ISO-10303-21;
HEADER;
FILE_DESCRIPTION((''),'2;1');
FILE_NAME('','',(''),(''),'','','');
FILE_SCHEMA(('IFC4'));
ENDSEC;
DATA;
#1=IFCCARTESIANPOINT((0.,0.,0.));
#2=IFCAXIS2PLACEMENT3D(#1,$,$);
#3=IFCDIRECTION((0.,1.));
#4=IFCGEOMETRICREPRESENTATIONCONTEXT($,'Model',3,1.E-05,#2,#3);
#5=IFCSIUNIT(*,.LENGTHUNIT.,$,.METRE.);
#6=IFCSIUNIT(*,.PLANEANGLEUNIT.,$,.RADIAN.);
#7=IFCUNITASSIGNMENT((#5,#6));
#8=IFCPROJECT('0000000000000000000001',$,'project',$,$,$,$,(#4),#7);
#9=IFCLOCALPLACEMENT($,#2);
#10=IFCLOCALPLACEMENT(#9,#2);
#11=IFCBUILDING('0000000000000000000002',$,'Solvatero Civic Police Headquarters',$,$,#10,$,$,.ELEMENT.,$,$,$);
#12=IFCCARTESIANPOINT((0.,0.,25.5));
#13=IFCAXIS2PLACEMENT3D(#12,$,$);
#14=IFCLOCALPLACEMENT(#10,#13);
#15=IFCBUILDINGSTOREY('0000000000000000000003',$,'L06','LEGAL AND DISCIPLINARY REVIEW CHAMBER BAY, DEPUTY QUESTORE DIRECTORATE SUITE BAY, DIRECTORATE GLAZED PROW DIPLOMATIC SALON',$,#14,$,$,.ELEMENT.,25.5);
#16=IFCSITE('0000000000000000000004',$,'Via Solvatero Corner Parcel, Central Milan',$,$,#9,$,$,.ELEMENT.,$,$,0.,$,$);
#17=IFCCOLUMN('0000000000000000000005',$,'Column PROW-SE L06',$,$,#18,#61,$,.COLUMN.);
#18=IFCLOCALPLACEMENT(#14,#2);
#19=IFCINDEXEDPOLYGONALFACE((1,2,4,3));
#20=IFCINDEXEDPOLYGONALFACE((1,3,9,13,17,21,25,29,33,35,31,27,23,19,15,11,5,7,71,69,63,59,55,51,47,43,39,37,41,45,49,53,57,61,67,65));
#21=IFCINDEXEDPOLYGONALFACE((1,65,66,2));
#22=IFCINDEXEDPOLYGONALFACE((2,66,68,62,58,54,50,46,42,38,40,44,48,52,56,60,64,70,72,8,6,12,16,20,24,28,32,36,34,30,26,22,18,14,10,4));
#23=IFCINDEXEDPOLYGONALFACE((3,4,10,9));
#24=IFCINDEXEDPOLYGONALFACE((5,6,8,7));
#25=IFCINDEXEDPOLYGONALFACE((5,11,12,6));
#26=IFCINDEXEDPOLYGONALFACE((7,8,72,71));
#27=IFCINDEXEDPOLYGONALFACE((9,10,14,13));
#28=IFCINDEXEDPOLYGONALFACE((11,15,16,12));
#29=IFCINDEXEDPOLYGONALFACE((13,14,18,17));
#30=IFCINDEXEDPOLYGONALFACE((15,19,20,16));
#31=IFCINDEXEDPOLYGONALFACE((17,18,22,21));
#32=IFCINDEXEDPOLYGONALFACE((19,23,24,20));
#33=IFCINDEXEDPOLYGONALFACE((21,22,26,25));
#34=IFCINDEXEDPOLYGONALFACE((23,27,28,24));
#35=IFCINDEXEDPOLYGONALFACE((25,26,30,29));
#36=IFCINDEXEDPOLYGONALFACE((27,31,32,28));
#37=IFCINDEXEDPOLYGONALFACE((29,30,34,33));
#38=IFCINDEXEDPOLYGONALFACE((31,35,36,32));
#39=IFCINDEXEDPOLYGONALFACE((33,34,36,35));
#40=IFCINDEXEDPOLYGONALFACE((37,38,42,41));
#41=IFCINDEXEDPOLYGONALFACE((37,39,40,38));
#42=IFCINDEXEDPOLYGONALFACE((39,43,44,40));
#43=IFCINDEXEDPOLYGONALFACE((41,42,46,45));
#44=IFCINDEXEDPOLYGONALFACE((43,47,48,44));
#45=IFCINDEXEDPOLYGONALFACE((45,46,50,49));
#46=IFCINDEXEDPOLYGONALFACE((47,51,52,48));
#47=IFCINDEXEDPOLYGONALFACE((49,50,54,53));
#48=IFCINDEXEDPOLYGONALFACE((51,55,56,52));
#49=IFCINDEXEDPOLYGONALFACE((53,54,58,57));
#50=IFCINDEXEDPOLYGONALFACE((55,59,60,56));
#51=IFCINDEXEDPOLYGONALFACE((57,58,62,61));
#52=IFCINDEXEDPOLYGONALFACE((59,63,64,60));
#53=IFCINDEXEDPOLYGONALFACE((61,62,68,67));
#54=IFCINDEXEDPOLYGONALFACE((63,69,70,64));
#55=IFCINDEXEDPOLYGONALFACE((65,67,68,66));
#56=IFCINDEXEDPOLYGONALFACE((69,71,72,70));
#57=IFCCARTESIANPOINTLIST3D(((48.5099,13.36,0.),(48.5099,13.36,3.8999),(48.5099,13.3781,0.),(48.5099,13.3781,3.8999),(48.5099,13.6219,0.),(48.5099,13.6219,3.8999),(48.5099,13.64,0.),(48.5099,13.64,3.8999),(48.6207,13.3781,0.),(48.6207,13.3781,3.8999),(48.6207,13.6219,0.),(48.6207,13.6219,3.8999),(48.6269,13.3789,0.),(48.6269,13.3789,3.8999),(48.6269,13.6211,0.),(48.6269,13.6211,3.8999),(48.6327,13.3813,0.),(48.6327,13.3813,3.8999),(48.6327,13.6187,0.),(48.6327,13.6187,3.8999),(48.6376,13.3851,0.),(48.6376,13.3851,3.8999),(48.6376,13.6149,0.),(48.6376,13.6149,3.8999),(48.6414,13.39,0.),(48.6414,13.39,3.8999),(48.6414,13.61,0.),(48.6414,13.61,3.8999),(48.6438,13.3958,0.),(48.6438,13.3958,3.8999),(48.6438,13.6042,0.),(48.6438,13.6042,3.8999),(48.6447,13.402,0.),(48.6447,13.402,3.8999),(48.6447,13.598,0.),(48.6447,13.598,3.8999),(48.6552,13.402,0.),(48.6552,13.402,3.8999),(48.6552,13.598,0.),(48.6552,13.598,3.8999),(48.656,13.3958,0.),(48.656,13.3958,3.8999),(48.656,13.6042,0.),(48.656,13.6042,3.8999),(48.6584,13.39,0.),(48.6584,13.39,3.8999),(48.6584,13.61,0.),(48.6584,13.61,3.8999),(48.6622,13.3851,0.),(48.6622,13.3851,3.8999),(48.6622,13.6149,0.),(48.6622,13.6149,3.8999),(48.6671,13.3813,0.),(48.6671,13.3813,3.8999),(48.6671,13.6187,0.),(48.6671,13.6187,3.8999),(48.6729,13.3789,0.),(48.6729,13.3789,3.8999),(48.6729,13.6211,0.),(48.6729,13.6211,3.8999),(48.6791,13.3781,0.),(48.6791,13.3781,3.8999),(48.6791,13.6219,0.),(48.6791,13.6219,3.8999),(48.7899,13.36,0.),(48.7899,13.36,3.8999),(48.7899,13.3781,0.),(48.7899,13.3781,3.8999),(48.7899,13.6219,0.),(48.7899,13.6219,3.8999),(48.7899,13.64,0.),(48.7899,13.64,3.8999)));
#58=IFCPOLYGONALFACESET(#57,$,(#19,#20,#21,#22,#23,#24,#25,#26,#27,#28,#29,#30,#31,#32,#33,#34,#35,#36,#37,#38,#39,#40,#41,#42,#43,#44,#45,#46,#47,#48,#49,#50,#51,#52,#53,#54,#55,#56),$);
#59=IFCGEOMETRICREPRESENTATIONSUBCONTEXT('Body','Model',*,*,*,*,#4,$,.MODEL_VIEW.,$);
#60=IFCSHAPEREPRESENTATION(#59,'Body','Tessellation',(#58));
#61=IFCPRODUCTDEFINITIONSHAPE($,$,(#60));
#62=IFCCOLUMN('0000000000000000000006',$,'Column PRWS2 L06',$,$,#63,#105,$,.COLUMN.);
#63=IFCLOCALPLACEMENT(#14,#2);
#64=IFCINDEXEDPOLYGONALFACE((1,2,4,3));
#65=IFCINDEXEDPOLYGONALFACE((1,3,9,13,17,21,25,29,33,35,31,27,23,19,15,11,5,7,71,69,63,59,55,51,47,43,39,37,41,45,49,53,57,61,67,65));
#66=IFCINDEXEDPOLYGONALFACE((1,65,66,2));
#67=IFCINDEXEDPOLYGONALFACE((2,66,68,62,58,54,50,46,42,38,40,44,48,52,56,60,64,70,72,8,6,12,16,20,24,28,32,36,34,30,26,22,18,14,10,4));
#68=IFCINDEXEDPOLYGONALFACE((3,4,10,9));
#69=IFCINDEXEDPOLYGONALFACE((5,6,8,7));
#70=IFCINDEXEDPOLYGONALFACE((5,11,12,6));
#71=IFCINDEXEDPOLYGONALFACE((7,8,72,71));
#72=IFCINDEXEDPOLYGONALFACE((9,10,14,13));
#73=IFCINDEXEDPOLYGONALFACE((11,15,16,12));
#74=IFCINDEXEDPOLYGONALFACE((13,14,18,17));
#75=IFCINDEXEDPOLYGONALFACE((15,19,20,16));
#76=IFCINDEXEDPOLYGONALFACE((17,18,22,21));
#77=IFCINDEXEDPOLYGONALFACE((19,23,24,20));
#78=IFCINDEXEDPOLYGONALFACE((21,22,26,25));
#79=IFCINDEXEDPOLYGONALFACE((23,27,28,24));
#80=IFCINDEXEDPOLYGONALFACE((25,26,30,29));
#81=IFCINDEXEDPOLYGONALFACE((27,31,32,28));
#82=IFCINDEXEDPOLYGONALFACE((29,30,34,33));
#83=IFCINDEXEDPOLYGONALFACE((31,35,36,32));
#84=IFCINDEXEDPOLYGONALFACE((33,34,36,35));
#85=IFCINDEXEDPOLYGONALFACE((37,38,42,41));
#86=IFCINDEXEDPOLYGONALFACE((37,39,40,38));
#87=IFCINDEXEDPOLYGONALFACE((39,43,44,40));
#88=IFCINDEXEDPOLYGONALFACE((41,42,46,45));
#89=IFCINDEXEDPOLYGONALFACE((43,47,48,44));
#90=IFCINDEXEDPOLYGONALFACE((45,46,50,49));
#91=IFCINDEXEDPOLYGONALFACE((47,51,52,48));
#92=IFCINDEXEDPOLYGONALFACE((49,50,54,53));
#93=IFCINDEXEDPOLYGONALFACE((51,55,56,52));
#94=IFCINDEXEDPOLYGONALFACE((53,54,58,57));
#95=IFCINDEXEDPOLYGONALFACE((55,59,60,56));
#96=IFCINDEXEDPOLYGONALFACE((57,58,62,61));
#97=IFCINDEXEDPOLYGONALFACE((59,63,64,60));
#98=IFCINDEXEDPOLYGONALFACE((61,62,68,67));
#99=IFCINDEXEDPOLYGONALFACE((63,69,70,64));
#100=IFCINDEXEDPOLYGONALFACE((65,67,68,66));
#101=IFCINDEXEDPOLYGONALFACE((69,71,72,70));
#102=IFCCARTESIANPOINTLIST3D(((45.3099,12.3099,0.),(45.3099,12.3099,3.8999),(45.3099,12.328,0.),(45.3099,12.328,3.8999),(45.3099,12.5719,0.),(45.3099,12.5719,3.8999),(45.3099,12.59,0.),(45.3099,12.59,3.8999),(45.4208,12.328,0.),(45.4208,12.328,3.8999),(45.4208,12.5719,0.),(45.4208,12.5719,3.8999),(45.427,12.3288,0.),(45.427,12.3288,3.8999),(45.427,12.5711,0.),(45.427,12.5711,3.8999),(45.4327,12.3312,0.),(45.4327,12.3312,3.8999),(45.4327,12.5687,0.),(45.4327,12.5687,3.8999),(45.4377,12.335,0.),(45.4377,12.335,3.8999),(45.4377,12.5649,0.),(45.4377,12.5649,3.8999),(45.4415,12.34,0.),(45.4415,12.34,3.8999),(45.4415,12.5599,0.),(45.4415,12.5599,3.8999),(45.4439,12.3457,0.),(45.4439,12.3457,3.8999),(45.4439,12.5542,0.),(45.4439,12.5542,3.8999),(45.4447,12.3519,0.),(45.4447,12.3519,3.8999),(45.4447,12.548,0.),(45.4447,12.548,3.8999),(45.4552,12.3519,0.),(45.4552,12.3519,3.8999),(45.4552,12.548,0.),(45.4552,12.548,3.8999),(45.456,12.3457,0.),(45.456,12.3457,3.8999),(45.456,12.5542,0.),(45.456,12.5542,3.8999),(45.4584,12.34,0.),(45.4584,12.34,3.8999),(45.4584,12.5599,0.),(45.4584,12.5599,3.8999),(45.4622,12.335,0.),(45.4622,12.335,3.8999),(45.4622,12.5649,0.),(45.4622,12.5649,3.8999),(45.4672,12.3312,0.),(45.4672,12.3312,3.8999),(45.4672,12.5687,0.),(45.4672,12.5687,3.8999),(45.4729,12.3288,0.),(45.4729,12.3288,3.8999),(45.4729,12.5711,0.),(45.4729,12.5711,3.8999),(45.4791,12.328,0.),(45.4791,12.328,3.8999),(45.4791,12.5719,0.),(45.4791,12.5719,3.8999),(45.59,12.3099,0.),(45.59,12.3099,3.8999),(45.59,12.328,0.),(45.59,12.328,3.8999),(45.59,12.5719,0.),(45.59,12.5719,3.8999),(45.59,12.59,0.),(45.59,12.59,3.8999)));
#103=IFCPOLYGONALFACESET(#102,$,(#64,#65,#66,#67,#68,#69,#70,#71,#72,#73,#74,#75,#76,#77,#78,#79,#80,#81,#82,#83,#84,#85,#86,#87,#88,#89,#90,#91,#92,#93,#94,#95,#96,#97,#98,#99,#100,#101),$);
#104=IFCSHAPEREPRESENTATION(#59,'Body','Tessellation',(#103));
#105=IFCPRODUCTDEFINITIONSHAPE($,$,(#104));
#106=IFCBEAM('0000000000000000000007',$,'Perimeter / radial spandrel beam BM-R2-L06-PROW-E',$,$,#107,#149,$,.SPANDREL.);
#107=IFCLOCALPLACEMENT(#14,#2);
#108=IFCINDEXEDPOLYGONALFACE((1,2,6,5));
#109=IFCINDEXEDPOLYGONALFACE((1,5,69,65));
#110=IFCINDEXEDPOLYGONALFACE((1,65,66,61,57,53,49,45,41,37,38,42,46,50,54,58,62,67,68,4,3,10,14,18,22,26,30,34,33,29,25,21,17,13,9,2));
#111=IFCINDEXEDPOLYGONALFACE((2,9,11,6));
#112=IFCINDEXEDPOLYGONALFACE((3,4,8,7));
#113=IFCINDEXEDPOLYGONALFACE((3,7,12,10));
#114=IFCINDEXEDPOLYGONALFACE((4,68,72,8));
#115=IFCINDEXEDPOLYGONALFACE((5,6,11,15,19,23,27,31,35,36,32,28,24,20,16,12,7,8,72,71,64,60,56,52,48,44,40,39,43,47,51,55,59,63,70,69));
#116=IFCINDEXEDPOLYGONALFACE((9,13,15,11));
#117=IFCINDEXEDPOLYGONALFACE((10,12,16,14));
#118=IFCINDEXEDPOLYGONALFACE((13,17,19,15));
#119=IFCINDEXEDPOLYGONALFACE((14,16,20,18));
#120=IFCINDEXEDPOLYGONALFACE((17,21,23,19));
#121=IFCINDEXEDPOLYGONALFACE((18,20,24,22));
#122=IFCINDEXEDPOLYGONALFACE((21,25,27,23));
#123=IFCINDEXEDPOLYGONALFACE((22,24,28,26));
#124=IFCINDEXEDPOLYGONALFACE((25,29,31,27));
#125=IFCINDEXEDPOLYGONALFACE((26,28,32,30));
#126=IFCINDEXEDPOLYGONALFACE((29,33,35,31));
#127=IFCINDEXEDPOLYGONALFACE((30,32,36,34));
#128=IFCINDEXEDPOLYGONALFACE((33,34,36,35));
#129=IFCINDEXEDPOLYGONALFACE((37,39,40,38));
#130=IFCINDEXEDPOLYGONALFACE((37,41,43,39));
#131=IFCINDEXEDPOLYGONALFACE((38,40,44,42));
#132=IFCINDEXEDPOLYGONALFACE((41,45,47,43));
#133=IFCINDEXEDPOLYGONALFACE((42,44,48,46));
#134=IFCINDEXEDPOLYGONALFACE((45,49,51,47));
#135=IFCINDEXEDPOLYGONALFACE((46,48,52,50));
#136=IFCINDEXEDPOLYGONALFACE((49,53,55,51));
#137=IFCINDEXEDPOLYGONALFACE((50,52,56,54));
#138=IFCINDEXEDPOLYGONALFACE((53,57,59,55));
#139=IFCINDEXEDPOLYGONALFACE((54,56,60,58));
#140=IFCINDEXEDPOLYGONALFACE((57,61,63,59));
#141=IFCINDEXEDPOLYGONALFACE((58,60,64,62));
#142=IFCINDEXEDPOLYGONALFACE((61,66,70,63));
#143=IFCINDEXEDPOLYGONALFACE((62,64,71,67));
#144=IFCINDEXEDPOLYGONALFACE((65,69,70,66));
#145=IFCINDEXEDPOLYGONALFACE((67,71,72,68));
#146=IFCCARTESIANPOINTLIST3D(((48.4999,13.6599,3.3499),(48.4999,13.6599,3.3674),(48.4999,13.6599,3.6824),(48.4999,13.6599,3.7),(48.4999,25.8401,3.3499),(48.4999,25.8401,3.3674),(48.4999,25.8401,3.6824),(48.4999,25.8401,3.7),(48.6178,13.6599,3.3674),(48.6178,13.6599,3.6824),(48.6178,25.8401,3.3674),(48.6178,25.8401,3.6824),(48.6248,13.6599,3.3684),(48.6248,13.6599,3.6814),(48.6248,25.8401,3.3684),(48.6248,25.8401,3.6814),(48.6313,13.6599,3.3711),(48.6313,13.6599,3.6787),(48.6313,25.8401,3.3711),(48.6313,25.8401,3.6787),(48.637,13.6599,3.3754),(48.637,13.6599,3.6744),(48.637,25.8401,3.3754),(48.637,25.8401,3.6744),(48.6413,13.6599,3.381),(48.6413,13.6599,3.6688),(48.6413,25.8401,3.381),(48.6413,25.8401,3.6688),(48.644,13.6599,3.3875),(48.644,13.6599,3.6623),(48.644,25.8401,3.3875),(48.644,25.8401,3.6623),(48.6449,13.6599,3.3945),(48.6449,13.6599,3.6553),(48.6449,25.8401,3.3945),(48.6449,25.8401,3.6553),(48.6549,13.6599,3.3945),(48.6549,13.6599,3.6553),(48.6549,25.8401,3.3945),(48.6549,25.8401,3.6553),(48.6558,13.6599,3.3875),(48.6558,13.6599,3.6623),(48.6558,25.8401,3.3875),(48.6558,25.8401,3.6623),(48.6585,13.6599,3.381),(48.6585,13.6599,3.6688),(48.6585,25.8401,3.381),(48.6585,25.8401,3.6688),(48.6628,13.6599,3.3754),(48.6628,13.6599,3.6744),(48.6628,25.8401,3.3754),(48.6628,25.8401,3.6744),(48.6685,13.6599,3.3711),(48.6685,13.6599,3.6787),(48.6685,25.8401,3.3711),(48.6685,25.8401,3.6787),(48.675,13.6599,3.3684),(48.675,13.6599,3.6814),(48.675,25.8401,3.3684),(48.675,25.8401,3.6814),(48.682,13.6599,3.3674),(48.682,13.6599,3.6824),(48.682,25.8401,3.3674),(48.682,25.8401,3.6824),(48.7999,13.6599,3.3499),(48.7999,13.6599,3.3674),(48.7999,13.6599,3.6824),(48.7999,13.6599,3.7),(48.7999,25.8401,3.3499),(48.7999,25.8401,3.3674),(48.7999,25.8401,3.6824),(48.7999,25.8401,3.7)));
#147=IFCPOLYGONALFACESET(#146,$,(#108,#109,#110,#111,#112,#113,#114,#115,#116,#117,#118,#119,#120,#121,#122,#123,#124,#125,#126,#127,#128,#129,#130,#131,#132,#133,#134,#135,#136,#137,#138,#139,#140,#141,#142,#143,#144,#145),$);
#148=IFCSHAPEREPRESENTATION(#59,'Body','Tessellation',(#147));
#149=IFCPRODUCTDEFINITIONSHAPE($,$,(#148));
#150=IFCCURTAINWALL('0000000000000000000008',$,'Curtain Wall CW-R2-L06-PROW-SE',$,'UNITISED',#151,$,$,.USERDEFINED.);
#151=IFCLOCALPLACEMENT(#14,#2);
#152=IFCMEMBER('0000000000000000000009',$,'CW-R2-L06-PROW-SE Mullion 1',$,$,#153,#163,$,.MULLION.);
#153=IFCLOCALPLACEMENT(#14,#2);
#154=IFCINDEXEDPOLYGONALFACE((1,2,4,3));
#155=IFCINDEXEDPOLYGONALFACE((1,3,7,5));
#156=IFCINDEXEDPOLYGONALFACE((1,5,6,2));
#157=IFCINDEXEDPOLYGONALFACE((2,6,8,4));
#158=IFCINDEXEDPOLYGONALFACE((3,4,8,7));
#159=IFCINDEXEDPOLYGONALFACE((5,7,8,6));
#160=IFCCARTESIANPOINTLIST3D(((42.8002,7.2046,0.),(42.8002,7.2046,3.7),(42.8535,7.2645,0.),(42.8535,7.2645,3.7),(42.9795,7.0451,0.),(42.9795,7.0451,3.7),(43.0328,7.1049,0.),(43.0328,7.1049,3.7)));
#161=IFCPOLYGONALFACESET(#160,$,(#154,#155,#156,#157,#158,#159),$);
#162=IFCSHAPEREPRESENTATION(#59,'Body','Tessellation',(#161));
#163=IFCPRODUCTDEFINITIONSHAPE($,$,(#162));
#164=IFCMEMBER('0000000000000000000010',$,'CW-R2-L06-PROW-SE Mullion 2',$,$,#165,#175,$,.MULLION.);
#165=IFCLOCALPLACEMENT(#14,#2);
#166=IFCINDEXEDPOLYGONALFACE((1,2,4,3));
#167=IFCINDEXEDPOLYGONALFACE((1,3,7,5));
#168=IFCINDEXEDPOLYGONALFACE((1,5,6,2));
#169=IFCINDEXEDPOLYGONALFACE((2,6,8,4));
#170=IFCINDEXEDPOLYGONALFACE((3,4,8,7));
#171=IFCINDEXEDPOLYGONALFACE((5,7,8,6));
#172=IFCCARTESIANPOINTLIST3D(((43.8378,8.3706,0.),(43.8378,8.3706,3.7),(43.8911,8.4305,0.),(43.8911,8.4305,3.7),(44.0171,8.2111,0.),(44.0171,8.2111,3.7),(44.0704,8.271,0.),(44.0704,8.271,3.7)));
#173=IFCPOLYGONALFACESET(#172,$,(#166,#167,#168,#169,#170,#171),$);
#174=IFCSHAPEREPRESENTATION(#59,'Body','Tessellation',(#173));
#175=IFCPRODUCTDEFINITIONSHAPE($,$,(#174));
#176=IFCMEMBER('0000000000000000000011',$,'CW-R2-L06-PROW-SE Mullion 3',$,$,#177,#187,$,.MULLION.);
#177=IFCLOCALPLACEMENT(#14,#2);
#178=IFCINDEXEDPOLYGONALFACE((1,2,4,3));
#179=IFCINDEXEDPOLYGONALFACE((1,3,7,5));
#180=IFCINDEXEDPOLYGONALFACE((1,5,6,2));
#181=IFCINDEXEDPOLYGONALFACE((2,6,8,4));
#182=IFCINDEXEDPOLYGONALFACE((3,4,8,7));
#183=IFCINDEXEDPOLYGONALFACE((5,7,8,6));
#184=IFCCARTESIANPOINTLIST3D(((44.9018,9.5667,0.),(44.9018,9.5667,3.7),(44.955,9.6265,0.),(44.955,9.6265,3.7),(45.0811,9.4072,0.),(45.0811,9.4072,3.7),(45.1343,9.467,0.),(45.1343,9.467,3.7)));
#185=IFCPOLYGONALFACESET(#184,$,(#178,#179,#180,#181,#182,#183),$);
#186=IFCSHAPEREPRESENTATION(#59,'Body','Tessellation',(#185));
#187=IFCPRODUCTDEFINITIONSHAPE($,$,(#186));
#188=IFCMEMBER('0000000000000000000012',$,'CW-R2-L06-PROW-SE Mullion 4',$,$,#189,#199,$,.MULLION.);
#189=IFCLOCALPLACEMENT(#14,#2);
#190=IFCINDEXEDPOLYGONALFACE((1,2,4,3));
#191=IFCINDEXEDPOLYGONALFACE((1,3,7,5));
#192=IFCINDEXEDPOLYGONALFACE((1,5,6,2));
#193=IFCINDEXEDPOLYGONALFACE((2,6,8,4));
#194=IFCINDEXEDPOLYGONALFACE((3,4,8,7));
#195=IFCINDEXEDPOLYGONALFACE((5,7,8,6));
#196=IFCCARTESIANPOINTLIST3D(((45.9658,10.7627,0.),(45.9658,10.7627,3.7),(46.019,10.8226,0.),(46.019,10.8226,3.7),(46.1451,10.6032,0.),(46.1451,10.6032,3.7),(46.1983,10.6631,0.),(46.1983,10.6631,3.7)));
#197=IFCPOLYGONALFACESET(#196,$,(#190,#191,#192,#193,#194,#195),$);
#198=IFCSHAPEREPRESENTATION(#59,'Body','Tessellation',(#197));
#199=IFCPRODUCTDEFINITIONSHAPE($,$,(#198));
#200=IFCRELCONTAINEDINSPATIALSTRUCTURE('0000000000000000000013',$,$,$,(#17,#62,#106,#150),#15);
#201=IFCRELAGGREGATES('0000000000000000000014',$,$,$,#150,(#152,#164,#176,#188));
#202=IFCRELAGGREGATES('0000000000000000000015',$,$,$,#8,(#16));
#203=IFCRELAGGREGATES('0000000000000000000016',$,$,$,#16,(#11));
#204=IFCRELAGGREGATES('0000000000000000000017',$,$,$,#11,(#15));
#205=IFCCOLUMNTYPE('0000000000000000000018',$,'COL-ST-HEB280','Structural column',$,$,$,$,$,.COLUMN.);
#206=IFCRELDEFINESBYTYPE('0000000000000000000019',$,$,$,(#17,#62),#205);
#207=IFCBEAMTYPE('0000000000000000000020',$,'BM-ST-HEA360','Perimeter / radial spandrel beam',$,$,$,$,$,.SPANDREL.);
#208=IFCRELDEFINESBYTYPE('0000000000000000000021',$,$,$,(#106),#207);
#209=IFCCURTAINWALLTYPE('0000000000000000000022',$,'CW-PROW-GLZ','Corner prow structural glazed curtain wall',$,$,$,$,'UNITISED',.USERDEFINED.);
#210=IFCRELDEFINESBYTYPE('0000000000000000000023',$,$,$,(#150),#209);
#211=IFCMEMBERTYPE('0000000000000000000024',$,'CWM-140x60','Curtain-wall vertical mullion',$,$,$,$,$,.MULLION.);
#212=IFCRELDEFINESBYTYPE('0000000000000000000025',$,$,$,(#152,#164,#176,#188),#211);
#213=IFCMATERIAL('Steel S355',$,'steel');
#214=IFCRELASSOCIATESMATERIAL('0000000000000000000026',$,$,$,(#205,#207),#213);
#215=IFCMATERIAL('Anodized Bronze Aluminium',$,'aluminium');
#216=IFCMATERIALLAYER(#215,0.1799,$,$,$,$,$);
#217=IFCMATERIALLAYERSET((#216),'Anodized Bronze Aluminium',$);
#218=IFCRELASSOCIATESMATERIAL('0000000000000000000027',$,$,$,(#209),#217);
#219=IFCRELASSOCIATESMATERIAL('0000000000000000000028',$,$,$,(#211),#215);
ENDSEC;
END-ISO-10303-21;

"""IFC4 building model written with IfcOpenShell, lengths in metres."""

from ifc_helpers import new_model, si_unit, direction, frame, origin, origin_2d, place, context, subcontext, project, spatial, rectangle, i_section, extrude, material, layer, layer_set, material_profile, profile_set, type_object, element, aggregate, save


model = new_model("IFC4")

# Units and contexts
model_context = context("Model", 3, precision=1e-05, world=origin(), true_north=direction((0.0, 1.0)))
body_context = subcontext(model_context, "Body", "Model", "MODEL_VIEW")
ifc_project = project(units=[si_unit("LENGTHUNIT", "METRE"), si_unit("PLANEANGLEUNIT", "RADIAN")], contexts=[model_context])

# Site, building, storey
site_placement = place(None, origin())
site = spatial("IfcSite", under=ifc_project, at=site_placement, Name="Via Solvatero Corner Parcel, Central Milan", CompositionType="ELEMENT", RefElevation=0.0)
building_placement = place(site_placement, origin())
building = spatial("IfcBuilding", under=site, at=building_placement, Name="Solvatero Civic Police Headquarters", CompositionType="ELEMENT")
storey_placement = place(building_placement, frame((0.0, 0.0, 25.5)))
storey = spatial("IfcBuildingStorey", under=building, at=storey_placement, Name="L06", Description="LEGAL AND DISCIPLINARY REVIEW CHAMBER BAY, DEPUTY QUESTORE DIRECTORATE SUITE BAY, DIRECTORATE GLAZED PROW DIPLOMATIC SALON", CompositionType="ELEMENT", Elevation=25.5)

# Columns
ifc_material_1 = material(Name="Steel S355", Category="steel")
ifc_material_profile_1 = material_profile(ifc_material_1, i_section(OverallWidth=0.28, OverallDepth=0.28, WebThickness=0.0105, FlangeThickness=0.0181, FilletRadius=0.0239, at=origin_2d()), Name="HEB 280")
ifc_profile_set_1 = profile_set([ifc_material_profile_1], Name="Steel S355")
column_type = type_object("IfcColumnType", Name="COL-ST-HEB280", Description="Structural column", PredefinedType="COLUMN", material=ifc_profile_set_1)
for number, where, z_axis, x_axis, name in (
    (1, (48.6499, 13.5, 0.0), (0.0, 0.0, 1.0), (1.0, 0.0, 0.0), "Column PROW-SE L06"),
    (2, (45.45, 12.45, 0.0), (0.0, 0.0, 1.0), (1.0, 0.0, 0.0), "Column PRWS2 L06"),
):
    element("IfcColumn", number, at=place(storey_placement, frame(where, z_axis=z_axis, x_axis=x_axis)), inside=storey, type_object=column_type, Name=name, PredefinedType="COLUMN", context=body_context, shape_type="SweptSolid", body=[
        extrude(i_section(OverallWidth=0.28, OverallDepth=0.28, WebThickness=0.0105, FlangeThickness=0.0181, FilletRadius=0.0239, at=origin_2d()), origin(), (0.0, 0.0, 1.0), 3.8999),
    ])

# Beam
ifc_material_profile_2 = material_profile(ifc_material_1, i_section(OverallWidth=0.3, OverallDepth=0.3501, WebThickness=0.01, FlangeThickness=0.0176, FilletRadius=0.0271, at=origin_2d()), Name="HEA 360")
ifc_profile_set_2 = profile_set([ifc_material_profile_2], Name="Steel S355")
beam_type = type_object("IfcBeamType", Name="BM-ST-HEA360", Description="Perimeter / radial spandrel beam", PredefinedType="SPANDREL", material=ifc_profile_set_2)
beam_placement = place(storey_placement, frame((48.6499, 13.6599, 3.5249), z_axis=(0.0, 1.0, 0.0), x_axis=(-1.0, 0.0, 0.0)))
element("IfcBeam", 3, at=beam_placement, inside=storey, type_object=beam_type, Name="Perimeter / radial spandrel beam BM-R2-L06-PROW-E", PredefinedType="SPANDREL", context=body_context, shape_type="SweptSolid", body=[
    extrude(i_section(OverallWidth=0.3, OverallDepth=0.3501, WebThickness=0.01, FlangeThickness=0.0176, FilletRadius=0.0271, at=origin_2d()), origin(), (0.0, 0.0, 1.0), 12.1802),
])

# Curtain wall, members
ifc_material_2 = material(Name="Anodized Bronze Aluminium", Category="aluminium")
ifc_layer_1 = layer(ifc_material_2, 0.1799)
ifc_layer_set_1 = layer_set([ifc_layer_1], Name="Anodized Bronze Aluminium")
curtain_wall_type = type_object("IfcCurtainWallType", Name="CW-PROW-GLZ", Description="Corner prow structural glazed curtain wall", ElementType="UNITISED", PredefinedType="USERDEFINED", material=ifc_layer_set_1)
curtain_wall_1_placement = place(storey_placement, origin())
curtain_wall_1 = element("IfcCurtainWall", 4, at=curtain_wall_1_placement, inside=storey, type_object=curtain_wall_type, Name="Curtain Wall CW-R2-L06-PROW-SE", ObjectType="UNITISED", PredefinedType="USERDEFINED")
ifc_material_profile_3 = material_profile(ifc_material_2, rectangle(XDim=0.0801, YDim=0.24, at=origin_2d()), Name="ALU MULLION 80x240")
ifc_profile_set_3 = profile_set([ifc_material_profile_3], Name="Anodized Bronze Aluminium")
member_type_1 = type_object("IfcMemberType", Name="CWM-140x60", Description="Curtain-wall vertical mullion", PredefinedType="MULLION", material=ifc_profile_set_3)
member_1_placement = place(storey_placement, frame((42.9165, 7.1548, 0.0), z_axis=(0.0, 0.0, 1.0), x_axis=(0.664657, 0.747149, 0.0)))
member_1 = element("IfcMember", 5, at=member_1_placement, type_object=member_type_1, Name="CW-R2-L06-PROW-SE Mullion 1", PredefinedType="MULLION", context=body_context, shape_type="SweptSolid", body=[
    extrude(rectangle(XDim=0.0801, YDim=0.24, at=origin_2d()), origin(), (0.0, 0.0, 1.0), 3.7),
])
member_2_placement = place(storey_placement, frame((43.9541, 8.3208, 0.0), z_axis=(0.0, 0.0, 1.0), x_axis=(0.664657, 0.747149, 0.0)))
member_2 = element("IfcMember", 6, at=member_2_placement, type_object=member_type_1, Name="CW-R2-L06-PROW-SE Mullion 2", PredefinedType="MULLION", context=body_context, shape_type="SweptSolid", body=[
    extrude(rectangle(XDim=0.0801, YDim=0.24, at=origin_2d()), origin(), (0.0, 0.0, 1.0), 3.7),
])
member_3_placement = place(storey_placement, frame((45.0181, 9.5168, 0.0), z_axis=(0.0, 0.0, 1.0), x_axis=(0.664657, 0.747149, 0.0)))
member_3 = element("IfcMember", 7, at=member_3_placement, type_object=member_type_1, Name="CW-R2-L06-PROW-SE Mullion 3", PredefinedType="MULLION", context=body_context, shape_type="SweptSolid", body=[
    extrude(rectangle(XDim=0.0801, YDim=0.24, at=origin_2d()), origin(), (0.0, 0.0, 1.0), 3.7),
])
member_4_placement = place(storey_placement, frame((46.082, 10.7129, 0.0), z_axis=(0.0, 0.0, 1.0), x_axis=(0.664657, 0.747149, 0.0)))
member_4 = element("IfcMember", 8, at=member_4_placement, type_object=member_type_1, Name="CW-R2-L06-PROW-SE Mullion 4", PredefinedType="MULLION", context=body_context, shape_type="SweptSolid", body=[
    extrude(rectangle(XDim=0.0801, YDim=0.24, at=origin_2d()), origin(), (0.0, 0.0, 1.0), 3.7),
])

aggregate(curtain_wall_1, [member_1, member_2, member_3, member_4])

save(model, "model.ifc")
